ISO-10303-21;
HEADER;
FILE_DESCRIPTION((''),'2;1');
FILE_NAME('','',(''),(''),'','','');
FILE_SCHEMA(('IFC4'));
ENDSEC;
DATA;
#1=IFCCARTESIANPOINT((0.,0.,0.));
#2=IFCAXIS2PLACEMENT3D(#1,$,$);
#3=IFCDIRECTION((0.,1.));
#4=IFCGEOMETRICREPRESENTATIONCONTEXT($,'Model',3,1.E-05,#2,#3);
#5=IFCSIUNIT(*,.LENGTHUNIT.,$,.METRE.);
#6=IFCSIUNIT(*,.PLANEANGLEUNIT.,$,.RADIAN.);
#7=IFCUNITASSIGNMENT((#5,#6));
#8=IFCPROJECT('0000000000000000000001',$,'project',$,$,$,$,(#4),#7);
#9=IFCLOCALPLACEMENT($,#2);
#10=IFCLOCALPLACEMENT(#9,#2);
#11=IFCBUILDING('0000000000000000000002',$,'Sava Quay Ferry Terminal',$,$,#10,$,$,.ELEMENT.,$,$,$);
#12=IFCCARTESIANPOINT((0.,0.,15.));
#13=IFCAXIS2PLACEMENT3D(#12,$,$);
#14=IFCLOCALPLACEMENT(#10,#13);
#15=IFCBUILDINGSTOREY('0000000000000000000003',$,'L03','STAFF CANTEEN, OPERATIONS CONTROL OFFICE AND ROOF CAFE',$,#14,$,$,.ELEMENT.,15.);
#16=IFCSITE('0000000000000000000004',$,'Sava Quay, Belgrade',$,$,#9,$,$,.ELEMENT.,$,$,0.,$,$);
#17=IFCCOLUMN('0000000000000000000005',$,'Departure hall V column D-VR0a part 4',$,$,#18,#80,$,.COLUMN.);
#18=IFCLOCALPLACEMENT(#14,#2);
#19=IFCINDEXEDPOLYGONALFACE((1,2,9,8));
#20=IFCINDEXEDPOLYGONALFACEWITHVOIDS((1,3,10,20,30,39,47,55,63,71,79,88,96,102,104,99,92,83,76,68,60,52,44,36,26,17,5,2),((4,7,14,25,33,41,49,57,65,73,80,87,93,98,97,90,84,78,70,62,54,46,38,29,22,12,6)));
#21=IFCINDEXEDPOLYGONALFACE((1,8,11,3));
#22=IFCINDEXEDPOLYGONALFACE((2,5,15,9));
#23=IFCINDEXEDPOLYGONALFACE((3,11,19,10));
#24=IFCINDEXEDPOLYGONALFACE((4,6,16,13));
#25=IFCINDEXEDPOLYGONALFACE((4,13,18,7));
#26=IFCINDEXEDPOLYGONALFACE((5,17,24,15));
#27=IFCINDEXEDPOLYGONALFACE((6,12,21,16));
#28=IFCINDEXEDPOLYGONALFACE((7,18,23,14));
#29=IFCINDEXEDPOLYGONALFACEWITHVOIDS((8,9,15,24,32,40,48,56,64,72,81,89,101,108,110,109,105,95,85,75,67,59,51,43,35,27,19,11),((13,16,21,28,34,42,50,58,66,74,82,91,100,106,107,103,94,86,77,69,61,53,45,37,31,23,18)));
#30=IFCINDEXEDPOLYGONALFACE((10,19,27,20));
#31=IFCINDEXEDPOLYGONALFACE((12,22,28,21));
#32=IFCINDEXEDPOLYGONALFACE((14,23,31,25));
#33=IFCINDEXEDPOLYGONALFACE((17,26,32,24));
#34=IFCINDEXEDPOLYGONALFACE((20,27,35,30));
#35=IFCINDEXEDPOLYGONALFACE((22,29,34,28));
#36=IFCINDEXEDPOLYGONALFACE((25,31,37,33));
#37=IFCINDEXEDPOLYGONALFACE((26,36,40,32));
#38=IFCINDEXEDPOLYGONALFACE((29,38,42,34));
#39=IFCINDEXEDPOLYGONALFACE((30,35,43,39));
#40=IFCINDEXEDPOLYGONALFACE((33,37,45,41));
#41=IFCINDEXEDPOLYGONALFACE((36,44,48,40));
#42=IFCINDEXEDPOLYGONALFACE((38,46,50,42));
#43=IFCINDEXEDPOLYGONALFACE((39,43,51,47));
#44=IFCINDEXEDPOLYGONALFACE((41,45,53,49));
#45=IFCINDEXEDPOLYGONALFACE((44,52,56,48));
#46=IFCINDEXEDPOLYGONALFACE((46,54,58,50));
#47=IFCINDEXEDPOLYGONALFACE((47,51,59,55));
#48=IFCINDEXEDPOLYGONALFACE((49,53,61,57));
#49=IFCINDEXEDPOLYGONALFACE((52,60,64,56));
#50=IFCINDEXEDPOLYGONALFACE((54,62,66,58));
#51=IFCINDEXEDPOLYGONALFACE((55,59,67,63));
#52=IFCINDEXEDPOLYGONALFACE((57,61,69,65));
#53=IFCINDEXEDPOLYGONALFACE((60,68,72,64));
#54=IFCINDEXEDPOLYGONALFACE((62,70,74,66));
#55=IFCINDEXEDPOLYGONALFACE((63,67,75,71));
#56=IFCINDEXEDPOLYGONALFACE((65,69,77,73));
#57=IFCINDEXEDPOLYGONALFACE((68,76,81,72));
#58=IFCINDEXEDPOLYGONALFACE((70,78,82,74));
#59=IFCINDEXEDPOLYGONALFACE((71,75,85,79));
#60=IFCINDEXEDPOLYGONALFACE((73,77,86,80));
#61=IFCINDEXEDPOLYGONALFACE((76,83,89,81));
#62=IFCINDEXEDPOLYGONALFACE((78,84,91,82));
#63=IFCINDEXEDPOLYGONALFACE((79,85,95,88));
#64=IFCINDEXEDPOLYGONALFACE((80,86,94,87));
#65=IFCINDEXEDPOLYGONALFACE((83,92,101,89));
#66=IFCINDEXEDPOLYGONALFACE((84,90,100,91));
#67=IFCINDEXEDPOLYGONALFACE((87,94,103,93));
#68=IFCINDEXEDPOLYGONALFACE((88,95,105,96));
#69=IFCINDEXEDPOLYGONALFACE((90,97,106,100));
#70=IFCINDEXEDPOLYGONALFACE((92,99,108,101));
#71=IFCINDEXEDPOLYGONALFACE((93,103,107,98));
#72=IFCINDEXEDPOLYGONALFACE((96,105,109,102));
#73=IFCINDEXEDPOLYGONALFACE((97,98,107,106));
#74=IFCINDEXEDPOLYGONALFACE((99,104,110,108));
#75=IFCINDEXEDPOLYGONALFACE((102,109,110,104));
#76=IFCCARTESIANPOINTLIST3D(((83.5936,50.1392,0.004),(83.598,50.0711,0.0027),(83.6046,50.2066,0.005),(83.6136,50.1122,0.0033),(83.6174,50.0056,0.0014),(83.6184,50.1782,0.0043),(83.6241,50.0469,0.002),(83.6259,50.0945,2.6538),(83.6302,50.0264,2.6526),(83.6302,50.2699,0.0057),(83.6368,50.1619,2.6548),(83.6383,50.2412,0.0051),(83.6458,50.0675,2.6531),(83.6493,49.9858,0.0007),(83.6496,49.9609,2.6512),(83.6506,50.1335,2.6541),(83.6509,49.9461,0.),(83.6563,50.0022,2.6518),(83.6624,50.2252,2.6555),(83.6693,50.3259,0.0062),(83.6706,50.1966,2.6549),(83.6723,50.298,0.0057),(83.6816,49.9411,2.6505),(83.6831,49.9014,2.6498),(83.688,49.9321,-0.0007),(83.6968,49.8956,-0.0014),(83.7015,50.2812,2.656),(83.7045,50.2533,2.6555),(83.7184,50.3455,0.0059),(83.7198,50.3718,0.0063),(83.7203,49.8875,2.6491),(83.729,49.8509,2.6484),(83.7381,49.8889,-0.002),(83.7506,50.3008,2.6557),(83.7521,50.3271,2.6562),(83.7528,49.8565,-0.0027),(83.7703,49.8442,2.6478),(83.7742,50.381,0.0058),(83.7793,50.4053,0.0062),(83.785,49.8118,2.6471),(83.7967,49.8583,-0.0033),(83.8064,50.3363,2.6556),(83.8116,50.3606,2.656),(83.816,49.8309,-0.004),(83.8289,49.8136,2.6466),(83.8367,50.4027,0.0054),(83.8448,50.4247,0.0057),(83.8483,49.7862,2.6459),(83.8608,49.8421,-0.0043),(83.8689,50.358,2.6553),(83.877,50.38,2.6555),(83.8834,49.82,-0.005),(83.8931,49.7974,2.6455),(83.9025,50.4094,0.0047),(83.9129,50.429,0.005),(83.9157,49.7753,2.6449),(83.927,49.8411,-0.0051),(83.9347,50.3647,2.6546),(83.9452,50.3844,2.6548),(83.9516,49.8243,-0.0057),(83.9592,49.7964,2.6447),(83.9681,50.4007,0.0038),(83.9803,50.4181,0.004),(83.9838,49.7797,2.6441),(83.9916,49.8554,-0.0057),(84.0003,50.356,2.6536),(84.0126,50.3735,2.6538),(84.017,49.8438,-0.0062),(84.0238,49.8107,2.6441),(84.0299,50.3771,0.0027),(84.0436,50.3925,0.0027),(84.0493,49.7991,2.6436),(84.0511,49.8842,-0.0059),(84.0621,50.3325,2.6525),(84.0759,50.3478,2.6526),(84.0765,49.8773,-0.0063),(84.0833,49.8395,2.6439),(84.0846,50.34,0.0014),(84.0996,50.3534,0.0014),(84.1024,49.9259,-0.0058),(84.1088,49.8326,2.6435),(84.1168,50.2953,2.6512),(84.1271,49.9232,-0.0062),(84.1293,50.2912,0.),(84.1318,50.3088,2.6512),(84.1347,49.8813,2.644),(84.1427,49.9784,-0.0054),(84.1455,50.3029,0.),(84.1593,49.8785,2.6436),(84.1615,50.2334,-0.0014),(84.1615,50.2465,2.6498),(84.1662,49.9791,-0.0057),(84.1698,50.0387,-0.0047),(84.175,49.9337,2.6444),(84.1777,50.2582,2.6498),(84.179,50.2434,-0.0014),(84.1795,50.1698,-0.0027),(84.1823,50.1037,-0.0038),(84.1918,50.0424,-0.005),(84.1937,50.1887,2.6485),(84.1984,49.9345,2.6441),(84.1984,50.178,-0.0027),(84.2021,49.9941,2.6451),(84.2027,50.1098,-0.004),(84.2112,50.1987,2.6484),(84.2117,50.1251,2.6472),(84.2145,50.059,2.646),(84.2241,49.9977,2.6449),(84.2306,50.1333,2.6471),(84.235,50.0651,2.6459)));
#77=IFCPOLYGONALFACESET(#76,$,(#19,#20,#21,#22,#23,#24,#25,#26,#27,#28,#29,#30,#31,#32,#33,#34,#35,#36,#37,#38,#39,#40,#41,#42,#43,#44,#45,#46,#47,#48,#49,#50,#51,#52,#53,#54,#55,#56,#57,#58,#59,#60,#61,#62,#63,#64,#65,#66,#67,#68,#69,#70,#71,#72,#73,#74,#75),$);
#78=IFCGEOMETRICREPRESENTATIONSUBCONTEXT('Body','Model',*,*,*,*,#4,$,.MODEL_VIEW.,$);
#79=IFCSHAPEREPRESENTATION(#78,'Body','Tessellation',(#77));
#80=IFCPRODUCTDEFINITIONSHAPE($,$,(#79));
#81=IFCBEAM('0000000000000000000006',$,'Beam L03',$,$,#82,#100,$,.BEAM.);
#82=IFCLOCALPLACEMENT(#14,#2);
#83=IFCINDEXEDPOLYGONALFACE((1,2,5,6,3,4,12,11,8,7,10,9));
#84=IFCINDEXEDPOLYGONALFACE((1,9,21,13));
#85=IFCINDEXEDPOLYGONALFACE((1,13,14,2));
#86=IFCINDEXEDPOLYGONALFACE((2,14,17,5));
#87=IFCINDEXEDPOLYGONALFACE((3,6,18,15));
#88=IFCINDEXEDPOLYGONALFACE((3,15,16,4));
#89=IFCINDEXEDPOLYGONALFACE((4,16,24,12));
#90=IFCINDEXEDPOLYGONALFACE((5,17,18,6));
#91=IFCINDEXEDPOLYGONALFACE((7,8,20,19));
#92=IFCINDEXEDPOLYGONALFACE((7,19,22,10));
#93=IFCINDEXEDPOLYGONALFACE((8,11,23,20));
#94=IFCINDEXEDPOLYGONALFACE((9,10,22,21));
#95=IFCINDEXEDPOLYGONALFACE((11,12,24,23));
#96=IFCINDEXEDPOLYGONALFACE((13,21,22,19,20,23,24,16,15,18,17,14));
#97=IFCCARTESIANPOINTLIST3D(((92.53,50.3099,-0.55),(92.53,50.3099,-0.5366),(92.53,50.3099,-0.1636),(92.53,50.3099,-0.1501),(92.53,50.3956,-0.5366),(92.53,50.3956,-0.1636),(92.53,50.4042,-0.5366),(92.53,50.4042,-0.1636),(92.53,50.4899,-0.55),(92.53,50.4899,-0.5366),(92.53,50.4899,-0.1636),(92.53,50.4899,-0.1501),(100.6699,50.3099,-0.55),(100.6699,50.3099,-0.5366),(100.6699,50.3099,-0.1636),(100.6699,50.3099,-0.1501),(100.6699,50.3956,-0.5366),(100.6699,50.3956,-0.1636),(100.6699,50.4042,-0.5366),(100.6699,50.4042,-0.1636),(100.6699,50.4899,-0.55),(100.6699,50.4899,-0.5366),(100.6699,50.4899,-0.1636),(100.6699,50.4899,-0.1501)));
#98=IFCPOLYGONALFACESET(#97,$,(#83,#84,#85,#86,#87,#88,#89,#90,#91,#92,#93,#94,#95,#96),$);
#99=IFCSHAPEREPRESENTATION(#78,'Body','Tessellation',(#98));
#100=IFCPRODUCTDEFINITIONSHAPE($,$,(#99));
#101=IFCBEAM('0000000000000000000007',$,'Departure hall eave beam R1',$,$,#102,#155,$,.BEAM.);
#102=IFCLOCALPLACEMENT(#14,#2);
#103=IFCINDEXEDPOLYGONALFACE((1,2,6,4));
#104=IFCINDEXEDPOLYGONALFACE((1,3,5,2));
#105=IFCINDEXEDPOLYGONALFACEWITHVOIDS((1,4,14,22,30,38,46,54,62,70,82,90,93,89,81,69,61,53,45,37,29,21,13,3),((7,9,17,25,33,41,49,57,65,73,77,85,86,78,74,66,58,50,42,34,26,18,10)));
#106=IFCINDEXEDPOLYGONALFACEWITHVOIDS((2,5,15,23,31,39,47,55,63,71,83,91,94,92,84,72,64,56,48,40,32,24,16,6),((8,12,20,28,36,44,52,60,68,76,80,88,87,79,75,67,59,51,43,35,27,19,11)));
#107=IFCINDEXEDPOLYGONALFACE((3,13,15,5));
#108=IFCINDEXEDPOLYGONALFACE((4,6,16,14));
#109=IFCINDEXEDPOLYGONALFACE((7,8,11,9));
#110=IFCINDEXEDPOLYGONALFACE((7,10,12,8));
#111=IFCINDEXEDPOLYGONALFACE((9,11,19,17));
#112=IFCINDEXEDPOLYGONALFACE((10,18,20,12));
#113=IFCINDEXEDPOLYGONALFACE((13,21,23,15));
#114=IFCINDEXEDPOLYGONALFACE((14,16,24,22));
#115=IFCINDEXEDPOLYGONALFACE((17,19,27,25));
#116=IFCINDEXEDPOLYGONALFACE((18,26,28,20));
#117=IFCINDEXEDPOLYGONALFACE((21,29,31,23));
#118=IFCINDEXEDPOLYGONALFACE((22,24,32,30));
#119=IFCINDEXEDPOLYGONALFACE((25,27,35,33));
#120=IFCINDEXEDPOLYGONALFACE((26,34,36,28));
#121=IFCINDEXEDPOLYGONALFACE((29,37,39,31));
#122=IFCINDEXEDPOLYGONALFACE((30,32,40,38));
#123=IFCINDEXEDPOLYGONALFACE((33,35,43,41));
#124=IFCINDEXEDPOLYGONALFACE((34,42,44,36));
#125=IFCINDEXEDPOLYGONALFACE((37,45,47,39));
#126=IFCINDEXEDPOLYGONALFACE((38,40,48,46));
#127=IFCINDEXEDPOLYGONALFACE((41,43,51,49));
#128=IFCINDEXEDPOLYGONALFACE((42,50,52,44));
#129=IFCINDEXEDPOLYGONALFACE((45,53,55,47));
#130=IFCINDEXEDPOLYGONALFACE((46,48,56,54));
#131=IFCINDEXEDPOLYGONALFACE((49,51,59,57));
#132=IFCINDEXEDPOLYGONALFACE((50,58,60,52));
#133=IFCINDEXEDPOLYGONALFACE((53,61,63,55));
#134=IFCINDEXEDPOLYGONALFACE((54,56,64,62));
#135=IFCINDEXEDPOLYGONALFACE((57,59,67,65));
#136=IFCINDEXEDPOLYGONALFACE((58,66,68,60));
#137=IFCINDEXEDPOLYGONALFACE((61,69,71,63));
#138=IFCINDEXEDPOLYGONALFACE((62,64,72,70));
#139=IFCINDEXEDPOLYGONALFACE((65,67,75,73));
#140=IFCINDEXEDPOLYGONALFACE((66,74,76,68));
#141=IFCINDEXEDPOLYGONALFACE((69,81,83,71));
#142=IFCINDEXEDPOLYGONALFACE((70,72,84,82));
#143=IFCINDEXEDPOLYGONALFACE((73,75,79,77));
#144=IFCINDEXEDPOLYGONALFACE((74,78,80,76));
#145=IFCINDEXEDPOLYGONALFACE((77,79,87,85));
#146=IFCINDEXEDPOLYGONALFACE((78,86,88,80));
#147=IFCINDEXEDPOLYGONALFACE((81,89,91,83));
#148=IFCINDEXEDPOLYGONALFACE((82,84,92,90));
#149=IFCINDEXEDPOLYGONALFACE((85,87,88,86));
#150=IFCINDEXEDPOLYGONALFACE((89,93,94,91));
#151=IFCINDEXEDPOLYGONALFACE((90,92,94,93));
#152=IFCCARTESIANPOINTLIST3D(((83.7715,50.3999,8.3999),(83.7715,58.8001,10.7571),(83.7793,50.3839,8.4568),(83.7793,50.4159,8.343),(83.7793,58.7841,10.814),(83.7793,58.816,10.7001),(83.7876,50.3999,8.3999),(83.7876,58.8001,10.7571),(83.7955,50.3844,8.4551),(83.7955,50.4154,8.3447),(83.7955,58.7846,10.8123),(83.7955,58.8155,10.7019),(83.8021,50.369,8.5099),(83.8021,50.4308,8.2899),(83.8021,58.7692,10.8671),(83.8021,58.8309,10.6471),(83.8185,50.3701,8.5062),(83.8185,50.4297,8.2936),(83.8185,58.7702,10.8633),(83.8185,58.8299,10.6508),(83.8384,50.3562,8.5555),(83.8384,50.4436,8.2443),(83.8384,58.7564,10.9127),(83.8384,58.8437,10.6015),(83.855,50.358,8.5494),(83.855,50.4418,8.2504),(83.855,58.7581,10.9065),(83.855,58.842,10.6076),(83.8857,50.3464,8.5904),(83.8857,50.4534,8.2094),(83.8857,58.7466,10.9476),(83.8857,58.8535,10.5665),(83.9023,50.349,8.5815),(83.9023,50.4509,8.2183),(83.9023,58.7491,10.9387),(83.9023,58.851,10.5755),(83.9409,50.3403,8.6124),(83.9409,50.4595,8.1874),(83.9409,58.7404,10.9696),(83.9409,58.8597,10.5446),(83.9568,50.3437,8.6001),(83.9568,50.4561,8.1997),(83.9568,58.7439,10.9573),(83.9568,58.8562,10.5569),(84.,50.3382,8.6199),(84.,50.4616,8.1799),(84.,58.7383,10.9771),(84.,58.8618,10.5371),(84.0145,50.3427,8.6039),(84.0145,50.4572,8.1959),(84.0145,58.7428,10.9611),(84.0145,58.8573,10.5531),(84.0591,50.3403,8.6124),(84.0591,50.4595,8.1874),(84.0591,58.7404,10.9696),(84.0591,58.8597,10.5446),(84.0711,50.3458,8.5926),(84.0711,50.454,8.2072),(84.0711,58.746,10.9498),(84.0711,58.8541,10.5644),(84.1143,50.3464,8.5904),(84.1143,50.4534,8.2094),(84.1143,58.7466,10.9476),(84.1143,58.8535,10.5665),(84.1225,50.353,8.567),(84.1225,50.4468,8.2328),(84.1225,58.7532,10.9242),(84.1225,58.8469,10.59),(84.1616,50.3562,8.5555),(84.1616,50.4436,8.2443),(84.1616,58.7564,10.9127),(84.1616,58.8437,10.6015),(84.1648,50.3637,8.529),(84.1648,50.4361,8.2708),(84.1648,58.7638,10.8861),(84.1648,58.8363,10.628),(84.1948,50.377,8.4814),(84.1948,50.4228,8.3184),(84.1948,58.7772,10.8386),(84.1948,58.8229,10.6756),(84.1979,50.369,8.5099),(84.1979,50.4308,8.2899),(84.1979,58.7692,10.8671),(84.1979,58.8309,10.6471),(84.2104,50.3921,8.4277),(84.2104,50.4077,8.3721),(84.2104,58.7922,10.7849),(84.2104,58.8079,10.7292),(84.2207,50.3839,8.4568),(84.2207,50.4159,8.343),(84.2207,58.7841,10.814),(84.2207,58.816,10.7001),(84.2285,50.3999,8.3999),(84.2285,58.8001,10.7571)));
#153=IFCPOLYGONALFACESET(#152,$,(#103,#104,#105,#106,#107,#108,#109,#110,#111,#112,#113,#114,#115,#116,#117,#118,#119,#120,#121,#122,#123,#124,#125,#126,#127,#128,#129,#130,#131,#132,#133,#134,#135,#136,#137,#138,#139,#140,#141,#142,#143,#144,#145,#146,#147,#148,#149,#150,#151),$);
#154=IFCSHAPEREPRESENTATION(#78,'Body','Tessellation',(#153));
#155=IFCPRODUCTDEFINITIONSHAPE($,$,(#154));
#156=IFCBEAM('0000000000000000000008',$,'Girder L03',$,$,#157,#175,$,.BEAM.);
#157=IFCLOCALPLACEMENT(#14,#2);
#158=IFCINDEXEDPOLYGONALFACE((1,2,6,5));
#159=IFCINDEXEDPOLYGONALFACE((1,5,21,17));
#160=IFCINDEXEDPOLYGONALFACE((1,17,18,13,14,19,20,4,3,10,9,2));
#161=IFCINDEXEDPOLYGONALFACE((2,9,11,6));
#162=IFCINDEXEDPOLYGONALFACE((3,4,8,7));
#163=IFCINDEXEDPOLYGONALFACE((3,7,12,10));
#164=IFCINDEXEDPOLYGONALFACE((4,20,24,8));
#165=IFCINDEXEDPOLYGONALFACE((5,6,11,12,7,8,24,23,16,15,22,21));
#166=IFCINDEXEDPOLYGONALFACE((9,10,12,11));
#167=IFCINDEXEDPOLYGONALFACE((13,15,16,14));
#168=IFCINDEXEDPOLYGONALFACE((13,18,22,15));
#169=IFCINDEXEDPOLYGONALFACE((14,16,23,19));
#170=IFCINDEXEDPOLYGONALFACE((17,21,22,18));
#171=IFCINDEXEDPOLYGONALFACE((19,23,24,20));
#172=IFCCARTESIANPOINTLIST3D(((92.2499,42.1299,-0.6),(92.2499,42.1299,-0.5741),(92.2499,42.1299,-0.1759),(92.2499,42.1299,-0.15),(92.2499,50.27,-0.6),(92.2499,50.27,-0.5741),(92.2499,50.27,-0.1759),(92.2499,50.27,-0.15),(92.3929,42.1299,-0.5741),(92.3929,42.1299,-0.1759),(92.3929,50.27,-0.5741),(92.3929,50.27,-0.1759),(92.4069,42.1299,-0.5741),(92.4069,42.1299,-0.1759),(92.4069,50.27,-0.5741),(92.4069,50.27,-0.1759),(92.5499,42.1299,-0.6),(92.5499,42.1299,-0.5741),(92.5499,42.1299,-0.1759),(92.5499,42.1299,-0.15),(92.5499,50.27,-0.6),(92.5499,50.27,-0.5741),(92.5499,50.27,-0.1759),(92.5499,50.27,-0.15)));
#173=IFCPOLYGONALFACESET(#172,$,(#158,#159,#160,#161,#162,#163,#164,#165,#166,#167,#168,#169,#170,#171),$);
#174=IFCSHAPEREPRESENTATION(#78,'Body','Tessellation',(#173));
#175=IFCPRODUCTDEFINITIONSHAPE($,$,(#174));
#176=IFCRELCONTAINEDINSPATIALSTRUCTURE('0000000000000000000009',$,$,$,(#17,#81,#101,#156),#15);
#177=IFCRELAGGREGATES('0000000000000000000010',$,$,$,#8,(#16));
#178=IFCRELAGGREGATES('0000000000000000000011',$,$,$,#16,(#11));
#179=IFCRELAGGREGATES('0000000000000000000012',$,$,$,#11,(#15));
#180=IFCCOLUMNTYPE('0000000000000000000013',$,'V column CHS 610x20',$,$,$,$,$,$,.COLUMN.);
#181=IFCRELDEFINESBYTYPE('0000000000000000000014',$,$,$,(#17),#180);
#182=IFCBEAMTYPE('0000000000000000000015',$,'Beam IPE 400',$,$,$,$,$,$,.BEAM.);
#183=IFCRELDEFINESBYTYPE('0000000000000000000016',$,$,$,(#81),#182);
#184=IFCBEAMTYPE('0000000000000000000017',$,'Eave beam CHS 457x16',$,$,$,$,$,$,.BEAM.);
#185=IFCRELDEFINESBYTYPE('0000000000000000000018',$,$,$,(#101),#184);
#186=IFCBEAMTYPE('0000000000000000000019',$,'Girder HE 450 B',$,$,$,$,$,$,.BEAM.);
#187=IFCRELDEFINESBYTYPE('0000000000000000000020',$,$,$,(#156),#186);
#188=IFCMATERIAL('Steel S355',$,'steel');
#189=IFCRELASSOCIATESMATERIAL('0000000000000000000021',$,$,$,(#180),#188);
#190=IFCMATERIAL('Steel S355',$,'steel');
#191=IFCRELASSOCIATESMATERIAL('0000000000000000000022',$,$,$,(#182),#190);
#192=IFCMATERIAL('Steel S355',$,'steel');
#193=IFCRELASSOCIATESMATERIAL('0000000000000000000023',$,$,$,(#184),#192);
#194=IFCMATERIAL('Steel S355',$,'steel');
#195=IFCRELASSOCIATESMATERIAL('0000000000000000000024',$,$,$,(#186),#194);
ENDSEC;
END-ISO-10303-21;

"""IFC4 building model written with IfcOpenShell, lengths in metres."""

from ifc_helpers import new_model, si_unit, direction, frame, origin, origin_2d, place, context, subcontext, project, spatial, hollow_circle, i_section, extrude, material, material_profile, profile_set, type_object, element, save


model = new_model("IFC4")

# Units and contexts
model_context = context("Model", 3, precision=1e-05, world=origin(), true_north=direction((0.0, 1.0)))
body_context = subcontext(model_context, "Body", "Model", "MODEL_VIEW")
ifc_project = project(units=[si_unit("LENGTHUNIT", "METRE"), si_unit("PLANEANGLEUNIT", "RADIAN")], contexts=[model_context])

# Site, building, storey
site_placement = place(None, origin())
site = spatial("IfcSite", under=ifc_project, at=site_placement, Name="Sava Quay, Belgrade", CompositionType="ELEMENT", RefElevation=0.0)
building_placement = place(site_placement, origin())
building = spatial("IfcBuilding", under=site, at=building_placement, Name="Sava Quay Ferry Terminal", CompositionType="ELEMENT")
storey_placement = place(building_placement, frame((0.0, 0.0, 15.0)))
storey = spatial("IfcBuildingStorey", under=building, at=storey_placement, Name="L03", Description="STAFF CANTEEN, OPERATIONS CONTROL OFFICE AND ROOF CAFE", CompositionType="ELEMENT", Elevation=15.0)

# Column
ifc_material_1 = material(Name="Steel S355", Category="steel")
ifc_material_profile_1 = material_profile(ifc_material_1, hollow_circle(Radius=0.3049, WallThickness=0.02, at=origin_2d()), Name="CHS 610 x 20.0")
ifc_profile_set_1 = profile_set([ifc_material_profile_1], Name="Steel S355")
column_type = type_object("IfcColumnType", Name="V column CHS 610x20", PredefinedType="COLUMN", material=ifc_profile_set_1)
column_placement = place(storey_placement, frame((83.8982, 50.1245, 0.0), z_axis=(0.012159, -0.016857, 0.999784), x_axis=(0.81103, 0.585005, 0.0)))
element("IfcColumn", 1, at=column_placement, inside=storey, type_object=column_type, Name="Departure hall V column D-VR0a part 4", PredefinedType="COLUMN", context=body_context, shape_type="SweptSolid", body=[
    extrude(hollow_circle(Radius=0.3049, WallThickness=0.02, at=origin_2d()), origin(), (0.0, 0.0, 1.0), 2.6504),
])

# Beams
ifc_material_2 = material(Name="Steel S355", Category="steel")
ifc_material_profile_2 = material_profile(ifc_material_2, i_section(OverallWidth=0.1799, OverallDepth=0.3999, WebThickness=0.0085, FlangeThickness=0.0134, at=origin_2d()), Name="IPE 400")
ifc_profile_set_2 = profile_set([ifc_material_profile_2], Name="Steel S355")
beam_type_1 = type_object("IfcBeamType", Name="Beam IPE 400", PredefinedType="BEAM", material=ifc_profile_set_2)
beam_1_placement = place(storey_placement, frame((92.53, 50.3999, -0.3501), z_axis=(1.0, 0.0, 0.0), x_axis=(0.0, 1.0, 0.0)))
element("IfcBeam", 2, at=beam_1_placement, inside=storey, type_object=beam_type_1, Name="Beam L03", PredefinedType="BEAM", context=body_context, shape_type="SweptSolid", body=[
    extrude(i_section(OverallWidth=0.1799, OverallDepth=0.3999, WebThickness=0.0085, FlangeThickness=0.0134, at=origin_2d()), origin(), (0.0, 0.0, 1.0), 8.1399),
])
ifc_material_3 = material(Name="Steel S355", Category="steel")
ifc_material_profile_3 = material_profile(ifc_material_3, hollow_circle(Radius=0.2285, WallThickness=0.0161, at=origin_2d()), Name="CHS 457 x 16.0")
ifc_profile_set_3 = profile_set([ifc_material_profile_3], Name="Steel S355")
beam_type_2 = type_object("IfcBeamType", Name="Eave beam CHS 457x16", PredefinedType="BEAM", material=ifc_profile_set_3)
beam_2_placement = place(storey_placement, frame((84.0, 50.3999, 8.3999), z_axis=(0.0, 0.962811, 0.270176), x_axis=(-1.0, 0.0, 0.0)))
element("IfcBeam", 3, at=beam_2_placement, inside=storey, type_object=beam_type_2, Name="Departure hall eave beam R1", PredefinedType="BEAM", context=body_context, shape_type="SweptSolid", body=[
    extrude(hollow_circle(Radius=0.2285, WallThickness=0.0161, at=origin_2d()), origin(), (0.0, 0.0, 1.0), 8.7246),
])
ifc_material_4 = material(Name="Steel S355", Category="steel")
ifc_material_profile_4 = material_profile(ifc_material_4, i_section(OverallWidth=0.3, OverallDepth=0.45, WebThickness=0.0139, FlangeThickness=0.0259, at=origin_2d()), Name="HE 450 B")
ifc_profile_set_4 = profile_set([ifc_material_profile_4], Name="Steel S355")
beam_type_3 = type_object("IfcBeamType", Name="Girder HE 450 B", PredefinedType="BEAM", material=ifc_profile_set_4)
beam_3_placement = place(storey_placement, frame((92.3999, 42.1299, -0.375), z_axis=(0.0, 1.0, 0.0), x_axis=(-1.0, 0.0, 0.0)))
element("IfcBeam", 4, at=beam_3_placement, inside=storey, type_object=beam_type_3, Name="Girder L03", PredefinedType="BEAM", context=body_context, shape_type="SweptSolid", body=[
    extrude(i_section(OverallWidth=0.3, OverallDepth=0.45, WebThickness=0.0139, FlangeThickness=0.0259, at=origin_2d()), origin(), (0.0, 0.0, 1.0), 8.1401),
])

save(model, "model.ifc")
